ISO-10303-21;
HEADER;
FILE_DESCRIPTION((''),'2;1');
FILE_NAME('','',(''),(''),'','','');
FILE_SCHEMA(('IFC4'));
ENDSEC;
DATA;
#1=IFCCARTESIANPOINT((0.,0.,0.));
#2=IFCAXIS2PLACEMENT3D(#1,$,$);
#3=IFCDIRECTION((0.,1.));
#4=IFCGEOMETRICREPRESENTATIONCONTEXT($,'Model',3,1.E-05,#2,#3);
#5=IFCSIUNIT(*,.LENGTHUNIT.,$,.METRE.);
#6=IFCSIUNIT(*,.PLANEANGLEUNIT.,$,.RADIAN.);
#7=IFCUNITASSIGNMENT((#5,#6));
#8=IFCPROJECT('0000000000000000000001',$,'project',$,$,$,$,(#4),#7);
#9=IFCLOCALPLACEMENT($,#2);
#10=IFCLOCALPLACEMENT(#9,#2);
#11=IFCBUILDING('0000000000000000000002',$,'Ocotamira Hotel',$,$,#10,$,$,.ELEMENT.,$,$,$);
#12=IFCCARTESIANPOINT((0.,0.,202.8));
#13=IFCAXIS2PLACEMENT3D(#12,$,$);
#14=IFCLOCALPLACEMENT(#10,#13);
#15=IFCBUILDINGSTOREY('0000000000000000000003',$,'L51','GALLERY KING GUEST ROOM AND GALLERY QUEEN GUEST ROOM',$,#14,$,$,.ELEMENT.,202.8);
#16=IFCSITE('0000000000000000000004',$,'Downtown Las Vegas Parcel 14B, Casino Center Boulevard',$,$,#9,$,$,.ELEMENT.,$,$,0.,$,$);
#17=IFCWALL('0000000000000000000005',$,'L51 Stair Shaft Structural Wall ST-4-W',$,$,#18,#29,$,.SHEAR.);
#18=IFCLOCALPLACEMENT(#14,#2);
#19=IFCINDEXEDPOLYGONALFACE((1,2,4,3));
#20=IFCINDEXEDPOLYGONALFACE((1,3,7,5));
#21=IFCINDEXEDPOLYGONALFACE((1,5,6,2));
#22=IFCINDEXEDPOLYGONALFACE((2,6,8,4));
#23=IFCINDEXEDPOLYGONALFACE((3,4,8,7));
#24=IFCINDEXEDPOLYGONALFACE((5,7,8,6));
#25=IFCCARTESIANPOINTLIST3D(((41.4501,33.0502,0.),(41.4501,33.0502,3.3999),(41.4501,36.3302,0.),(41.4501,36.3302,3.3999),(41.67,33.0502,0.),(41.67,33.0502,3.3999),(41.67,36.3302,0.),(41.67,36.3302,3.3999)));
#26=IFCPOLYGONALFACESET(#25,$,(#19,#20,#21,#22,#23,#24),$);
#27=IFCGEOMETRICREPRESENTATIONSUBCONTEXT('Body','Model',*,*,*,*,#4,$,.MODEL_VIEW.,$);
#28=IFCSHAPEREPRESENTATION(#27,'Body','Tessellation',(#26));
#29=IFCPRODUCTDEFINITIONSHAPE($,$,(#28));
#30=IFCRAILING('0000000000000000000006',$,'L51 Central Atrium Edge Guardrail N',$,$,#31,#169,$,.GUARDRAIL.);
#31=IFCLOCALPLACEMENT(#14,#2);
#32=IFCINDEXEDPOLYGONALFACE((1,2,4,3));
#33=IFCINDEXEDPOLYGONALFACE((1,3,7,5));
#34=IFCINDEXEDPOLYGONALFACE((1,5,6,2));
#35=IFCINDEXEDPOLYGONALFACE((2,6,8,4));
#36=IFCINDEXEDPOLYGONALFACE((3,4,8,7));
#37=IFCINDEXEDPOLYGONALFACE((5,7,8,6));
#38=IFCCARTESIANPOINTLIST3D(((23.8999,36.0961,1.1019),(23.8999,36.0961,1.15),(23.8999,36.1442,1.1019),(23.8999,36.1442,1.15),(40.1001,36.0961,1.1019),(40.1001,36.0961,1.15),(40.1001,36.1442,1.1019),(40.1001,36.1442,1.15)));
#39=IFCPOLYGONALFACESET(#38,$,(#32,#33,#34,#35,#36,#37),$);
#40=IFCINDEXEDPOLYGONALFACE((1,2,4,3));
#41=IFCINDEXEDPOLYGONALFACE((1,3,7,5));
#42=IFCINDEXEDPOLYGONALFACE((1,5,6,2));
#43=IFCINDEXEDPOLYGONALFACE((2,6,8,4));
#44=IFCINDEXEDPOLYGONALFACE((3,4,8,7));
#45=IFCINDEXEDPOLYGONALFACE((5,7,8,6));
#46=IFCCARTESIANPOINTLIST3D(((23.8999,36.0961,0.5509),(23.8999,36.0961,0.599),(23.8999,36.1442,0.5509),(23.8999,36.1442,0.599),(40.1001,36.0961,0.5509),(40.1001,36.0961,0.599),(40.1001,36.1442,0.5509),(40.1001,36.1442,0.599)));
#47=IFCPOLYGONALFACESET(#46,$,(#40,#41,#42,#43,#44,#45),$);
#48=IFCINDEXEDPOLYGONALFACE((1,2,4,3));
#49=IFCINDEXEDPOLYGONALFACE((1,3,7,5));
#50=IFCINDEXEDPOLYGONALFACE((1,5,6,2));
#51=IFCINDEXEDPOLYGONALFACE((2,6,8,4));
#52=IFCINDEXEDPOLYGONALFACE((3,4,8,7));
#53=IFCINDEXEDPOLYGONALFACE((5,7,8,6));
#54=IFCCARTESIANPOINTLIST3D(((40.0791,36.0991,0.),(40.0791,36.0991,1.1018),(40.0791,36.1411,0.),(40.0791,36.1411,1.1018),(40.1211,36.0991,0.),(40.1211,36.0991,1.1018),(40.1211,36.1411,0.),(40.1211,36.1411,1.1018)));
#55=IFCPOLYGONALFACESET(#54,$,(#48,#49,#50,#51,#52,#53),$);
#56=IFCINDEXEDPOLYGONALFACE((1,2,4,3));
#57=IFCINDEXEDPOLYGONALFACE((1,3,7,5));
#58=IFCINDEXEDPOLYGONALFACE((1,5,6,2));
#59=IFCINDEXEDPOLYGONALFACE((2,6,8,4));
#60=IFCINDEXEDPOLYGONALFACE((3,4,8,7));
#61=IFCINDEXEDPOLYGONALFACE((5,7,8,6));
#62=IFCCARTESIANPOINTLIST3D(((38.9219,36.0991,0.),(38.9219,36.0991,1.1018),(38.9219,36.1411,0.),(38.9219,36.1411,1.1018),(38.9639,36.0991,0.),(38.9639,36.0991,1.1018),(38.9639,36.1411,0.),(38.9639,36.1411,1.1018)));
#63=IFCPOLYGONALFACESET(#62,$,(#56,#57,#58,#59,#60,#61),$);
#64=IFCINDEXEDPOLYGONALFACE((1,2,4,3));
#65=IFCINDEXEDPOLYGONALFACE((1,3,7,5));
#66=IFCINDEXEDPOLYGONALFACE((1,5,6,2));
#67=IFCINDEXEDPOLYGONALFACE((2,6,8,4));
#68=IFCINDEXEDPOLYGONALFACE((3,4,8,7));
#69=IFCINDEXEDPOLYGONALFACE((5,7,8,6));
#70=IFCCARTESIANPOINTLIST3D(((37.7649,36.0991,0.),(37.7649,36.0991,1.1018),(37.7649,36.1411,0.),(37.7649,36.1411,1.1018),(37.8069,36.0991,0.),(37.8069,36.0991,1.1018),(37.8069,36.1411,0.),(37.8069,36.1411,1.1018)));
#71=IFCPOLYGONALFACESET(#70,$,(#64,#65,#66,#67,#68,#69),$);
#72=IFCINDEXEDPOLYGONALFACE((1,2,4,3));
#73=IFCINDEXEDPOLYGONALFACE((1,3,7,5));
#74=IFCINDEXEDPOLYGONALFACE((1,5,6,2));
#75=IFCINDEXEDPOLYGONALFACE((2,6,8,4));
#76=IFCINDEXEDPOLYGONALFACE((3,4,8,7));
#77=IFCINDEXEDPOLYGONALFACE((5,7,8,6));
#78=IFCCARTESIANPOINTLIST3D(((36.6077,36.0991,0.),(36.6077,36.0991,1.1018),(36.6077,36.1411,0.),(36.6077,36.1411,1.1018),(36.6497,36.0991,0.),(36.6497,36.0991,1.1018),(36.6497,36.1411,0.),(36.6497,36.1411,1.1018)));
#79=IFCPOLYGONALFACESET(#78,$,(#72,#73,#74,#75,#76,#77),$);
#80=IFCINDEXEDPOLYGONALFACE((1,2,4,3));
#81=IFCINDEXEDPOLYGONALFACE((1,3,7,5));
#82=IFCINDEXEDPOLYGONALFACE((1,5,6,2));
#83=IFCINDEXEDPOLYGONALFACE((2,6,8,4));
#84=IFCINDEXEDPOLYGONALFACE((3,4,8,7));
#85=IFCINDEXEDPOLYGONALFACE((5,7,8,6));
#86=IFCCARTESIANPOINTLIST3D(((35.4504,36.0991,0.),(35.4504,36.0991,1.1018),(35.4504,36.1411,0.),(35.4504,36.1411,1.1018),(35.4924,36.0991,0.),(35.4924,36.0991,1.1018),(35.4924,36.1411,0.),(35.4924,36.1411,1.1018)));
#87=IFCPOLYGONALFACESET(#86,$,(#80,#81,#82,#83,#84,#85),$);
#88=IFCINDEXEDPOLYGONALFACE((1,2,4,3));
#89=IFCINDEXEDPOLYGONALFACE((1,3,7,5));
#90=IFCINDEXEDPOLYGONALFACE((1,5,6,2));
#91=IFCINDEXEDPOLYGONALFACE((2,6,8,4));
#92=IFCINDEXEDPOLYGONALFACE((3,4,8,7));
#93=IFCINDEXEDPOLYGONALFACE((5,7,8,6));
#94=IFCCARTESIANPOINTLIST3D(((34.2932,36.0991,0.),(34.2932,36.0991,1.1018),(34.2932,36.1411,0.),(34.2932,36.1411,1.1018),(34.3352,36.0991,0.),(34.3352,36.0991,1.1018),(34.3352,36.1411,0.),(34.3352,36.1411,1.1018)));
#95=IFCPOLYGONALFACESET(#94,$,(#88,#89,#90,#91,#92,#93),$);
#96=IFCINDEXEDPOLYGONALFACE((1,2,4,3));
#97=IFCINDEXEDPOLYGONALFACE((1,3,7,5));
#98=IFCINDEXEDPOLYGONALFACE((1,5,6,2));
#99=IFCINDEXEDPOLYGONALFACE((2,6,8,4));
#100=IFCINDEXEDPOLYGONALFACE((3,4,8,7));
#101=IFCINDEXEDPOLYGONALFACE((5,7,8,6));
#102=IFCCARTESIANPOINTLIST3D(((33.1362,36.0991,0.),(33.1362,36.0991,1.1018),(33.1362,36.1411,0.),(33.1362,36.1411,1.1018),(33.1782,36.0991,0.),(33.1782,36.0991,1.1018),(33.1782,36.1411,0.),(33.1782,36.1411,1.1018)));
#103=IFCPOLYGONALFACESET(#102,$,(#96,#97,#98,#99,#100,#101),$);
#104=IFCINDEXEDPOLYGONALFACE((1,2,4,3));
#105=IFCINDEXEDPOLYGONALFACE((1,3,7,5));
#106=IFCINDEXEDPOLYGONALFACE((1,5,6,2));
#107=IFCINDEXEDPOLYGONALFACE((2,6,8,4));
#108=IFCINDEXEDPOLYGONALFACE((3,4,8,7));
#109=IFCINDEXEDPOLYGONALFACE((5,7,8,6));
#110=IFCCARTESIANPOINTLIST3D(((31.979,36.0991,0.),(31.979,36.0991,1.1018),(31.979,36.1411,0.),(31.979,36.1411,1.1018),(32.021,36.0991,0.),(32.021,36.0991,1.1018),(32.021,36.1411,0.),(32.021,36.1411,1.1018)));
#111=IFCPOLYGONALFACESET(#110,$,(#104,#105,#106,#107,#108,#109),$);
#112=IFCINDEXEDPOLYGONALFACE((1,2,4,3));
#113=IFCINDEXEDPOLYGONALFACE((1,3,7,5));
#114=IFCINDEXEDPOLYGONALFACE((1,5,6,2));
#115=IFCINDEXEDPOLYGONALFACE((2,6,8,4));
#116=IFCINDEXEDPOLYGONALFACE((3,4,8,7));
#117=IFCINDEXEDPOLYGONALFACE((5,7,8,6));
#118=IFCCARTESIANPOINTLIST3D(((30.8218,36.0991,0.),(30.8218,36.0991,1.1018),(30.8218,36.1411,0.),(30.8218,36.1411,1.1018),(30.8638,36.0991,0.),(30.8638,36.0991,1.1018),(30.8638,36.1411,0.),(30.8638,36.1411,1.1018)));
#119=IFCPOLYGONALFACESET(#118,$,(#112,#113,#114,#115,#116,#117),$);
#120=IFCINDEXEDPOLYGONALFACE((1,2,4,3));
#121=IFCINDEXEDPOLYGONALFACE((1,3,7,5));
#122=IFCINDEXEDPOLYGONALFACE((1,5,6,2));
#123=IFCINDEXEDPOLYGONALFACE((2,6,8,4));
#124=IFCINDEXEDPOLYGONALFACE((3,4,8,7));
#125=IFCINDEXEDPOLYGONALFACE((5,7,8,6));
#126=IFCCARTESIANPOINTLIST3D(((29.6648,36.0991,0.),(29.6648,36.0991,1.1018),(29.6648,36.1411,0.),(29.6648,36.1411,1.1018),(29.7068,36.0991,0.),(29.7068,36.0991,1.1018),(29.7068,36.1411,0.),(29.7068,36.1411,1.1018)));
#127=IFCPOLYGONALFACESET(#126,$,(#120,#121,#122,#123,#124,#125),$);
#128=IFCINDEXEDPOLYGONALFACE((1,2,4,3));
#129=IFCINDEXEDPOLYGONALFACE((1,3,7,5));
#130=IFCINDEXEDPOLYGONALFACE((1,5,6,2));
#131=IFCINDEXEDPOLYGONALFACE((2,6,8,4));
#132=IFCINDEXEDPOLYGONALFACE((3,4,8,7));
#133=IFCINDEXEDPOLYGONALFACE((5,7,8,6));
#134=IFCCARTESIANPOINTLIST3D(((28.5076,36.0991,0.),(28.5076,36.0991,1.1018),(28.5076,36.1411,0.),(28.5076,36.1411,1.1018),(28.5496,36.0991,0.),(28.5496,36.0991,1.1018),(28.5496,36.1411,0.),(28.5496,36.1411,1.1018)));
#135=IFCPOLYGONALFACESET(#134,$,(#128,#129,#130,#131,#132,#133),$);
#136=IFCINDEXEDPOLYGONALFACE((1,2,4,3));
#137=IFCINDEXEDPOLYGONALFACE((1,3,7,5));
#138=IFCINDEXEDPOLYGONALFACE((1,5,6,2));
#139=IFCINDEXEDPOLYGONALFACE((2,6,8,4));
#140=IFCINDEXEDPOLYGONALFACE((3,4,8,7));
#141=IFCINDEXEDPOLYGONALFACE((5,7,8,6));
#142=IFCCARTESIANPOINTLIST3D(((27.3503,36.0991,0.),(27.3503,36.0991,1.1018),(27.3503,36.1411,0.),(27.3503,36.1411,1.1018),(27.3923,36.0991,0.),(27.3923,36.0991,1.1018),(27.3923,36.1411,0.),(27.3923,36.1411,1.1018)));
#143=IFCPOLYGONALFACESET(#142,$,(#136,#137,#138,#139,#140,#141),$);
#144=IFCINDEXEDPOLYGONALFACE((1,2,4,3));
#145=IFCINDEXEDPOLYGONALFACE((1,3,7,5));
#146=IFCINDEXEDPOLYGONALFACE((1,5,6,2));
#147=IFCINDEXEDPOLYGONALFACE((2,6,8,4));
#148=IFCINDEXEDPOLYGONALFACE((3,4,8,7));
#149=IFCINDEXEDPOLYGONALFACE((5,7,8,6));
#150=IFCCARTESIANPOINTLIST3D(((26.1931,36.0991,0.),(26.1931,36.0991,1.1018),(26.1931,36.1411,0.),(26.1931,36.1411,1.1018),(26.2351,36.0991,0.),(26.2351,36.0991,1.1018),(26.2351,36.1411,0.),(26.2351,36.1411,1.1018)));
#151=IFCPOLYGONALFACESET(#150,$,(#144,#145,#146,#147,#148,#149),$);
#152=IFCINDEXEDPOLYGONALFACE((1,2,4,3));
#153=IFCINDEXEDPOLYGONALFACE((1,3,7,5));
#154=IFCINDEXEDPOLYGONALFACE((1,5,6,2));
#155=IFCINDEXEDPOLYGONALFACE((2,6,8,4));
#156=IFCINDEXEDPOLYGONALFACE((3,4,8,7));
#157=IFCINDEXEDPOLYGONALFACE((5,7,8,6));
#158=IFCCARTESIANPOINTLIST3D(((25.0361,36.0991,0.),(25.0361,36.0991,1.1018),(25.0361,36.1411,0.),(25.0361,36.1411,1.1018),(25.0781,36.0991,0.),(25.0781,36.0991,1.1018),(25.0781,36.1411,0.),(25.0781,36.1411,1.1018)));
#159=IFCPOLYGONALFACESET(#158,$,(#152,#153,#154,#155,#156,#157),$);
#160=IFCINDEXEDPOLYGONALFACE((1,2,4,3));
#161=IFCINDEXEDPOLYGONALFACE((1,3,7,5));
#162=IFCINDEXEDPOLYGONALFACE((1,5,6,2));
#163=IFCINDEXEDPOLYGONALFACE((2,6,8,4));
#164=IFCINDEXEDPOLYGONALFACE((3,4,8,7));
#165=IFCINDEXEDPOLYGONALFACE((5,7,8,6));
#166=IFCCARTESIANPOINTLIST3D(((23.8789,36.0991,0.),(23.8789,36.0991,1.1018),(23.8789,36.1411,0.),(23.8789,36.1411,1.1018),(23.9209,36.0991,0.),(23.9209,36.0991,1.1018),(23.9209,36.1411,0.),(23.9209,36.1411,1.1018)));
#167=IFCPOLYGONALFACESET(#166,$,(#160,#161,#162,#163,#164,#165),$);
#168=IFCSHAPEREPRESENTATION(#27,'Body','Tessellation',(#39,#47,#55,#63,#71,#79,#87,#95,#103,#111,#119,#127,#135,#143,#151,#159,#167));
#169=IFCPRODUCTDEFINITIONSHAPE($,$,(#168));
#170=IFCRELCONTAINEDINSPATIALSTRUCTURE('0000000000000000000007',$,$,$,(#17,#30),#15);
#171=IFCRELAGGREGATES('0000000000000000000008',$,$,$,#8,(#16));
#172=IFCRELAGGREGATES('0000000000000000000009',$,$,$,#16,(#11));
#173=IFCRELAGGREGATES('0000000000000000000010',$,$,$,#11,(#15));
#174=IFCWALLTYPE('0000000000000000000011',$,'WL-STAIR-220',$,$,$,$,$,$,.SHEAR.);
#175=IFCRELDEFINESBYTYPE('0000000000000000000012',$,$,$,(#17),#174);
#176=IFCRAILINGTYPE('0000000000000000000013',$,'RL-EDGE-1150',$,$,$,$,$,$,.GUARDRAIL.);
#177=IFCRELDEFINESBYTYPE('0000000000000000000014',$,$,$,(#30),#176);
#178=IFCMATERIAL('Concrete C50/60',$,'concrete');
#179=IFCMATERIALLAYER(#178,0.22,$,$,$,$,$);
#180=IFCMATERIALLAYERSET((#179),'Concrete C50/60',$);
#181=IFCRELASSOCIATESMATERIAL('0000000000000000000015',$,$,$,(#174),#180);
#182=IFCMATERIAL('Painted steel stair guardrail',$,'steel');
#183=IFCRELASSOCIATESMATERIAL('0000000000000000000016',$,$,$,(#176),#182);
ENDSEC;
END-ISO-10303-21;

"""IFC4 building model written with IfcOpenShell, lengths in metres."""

from ifc_helpers import new_model, si_unit, direction, frame, frame_2d, origin, origin_2d, place, context, subcontext, project, spatial, rectangle, extrude, material, layer, layer_set, type_object, element, save


model = new_model("IFC4")

# Units and contexts
model_context = context("Model", 3, precision=1e-05, world=origin(), true_north=direction((0.0, 1.0)))
body_context = subcontext(model_context, "Body", "Model", "MODEL_VIEW")
ifc_project = project(units=[si_unit("LENGTHUNIT", "METRE"), si_unit("PLANEANGLEUNIT", "RADIAN")], contexts=[model_context])

# Site, building, storey
site_placement = place(None, origin())
site = spatial("IfcSite", under=ifc_project, at=site_placement, Name="Downtown Las Vegas Parcel 14B, Casino Center Boulevard", CompositionType="ELEMENT", RefElevation=0.0)
building_placement = place(site_placement, origin())
building = spatial("IfcBuilding", under=site, at=building_placement, Name="Ocotamira Hotel", CompositionType="ELEMENT")
storey_placement = place(building_placement, frame((0.0, 0.0, 202.8)))
storey = spatial("IfcBuildingStorey", under=building, at=storey_placement, Name="L51", Description="GALLERY KING GUEST ROOM AND GALLERY QUEEN GUEST ROOM", CompositionType="ELEMENT", Elevation=202.8)

# Shared definitions
ifc_material_1 = material(Name="Concrete C50/60", Category="concrete")

# Shared definitions
ifc_layer_1 = layer(ifc_material_1, 0.22)
ifc_layer_set_1 = layer_set([ifc_layer_1], Name="Concrete C50/60")
wall_type_1 = type_object("IfcWallType", Name="WL-STAIR-220", PredefinedType="SHEAR", material=ifc_layer_set_1)

# Wall
wall_1_placement = place(storey_placement, frame((41.5601, 33.05, 0.0), z_axis=(0.0, 0.0, 1.0), x_axis=(0.0, 1.0, 0.0)))
element("IfcWall", 1, at=wall_1_placement, inside=storey, type_object=wall_type_1, Name="L51 Stair Shaft Structural Wall ST-4-W", PredefinedType="SHEAR", context=body_context, shape_type="SweptSolid", body=[
    extrude(rectangle(XDim=3.28, YDim=0.22, at=frame_2d((1.6401, 0.0))), origin(), (0.0, 0.0, 1.0), 3.3999),
])

# Railing
ifc_material_2 = material(Name="Painted steel stair guardrail", Category="steel")
railing_type = type_object("IfcRailingType", Name="RL-EDGE-1150", PredefinedType="GUARDRAIL", material=ifc_material_2)
railing_placement = place(storey_placement, frame((40.1001, 36.1201, 0.0)))
element("IfcRailing", 2, at=railing_placement, inside=storey, type_object=railing_type, Name="L51 Central Atrium Edge Guardrail N", PredefinedType="GUARDRAIL", context=body_context, shape_type="SweptSolid", body=[
    extrude(rectangle(XDim=0.0481, YDim=0.0481, at=origin_2d()), frame((0.0, 0.0, 1.126), z_axis=(-1.0, 0.0, 0.0), x_axis=(0.0, -1.0, 0.0)), (0.0, 0.0, 1.0), 16.2002),
    extrude(rectangle(XDim=0.0481, YDim=0.0481, at=origin_2d()), frame((0.0, 0.0, 0.575), z_axis=(-1.0, 0.0, 0.0), x_axis=(0.0, -1.0, 0.0)), (0.0, 0.0, 1.0), 16.2002),
    extrude(rectangle(XDim=0.042, YDim=0.042, at=origin_2d()), origin(), (0.0, 0.0, 1.0), 1.1018),
    extrude(rectangle(XDim=0.042, YDim=0.042, at=origin_2d()), frame((-1.1572, 0.0, 0.0)), (0.0, 0.0, 1.0), 1.1018),
    extrude(rectangle(XDim=0.042, YDim=0.042, at=origin_2d()), frame((-2.3142, 0.0, 0.0)), (0.0, 0.0, 1.0), 1.1018),
    extrude(rectangle(XDim=0.042, YDim=0.042, at=origin_2d()), frame((-3.4714, 0.0, 0.0)), (0.0, 0.0, 1.0), 1.1018),
    extrude(rectangle(XDim=0.042, YDim=0.042, at=origin_2d()), frame((-4.6287, 0.0, 0.0)), (0.0, 0.0, 1.0), 1.1018),
    extrude(rectangle(XDim=0.042, YDim=0.042, at=origin_2d()), frame((-5.7859, 0.0, 0.0)), (0.0, 0.0, 1.0), 1.1018),
    extrude(rectangle(XDim=0.042, YDim=0.042, at=origin_2d()), frame((-6.9429, 0.0, 0.0)), (0.0, 0.0, 1.0), 1.1018),
    extrude(rectangle(XDim=0.042, YDim=0.042, at=origin_2d()), frame((-8.1001, 0.0, 0.0)), (0.0, 0.0, 1.0), 1.1018),
    extrude(rectangle(XDim=0.042, YDim=0.042, at=origin_2d()), frame((-9.2573, 0.0, 0.0)), (0.0, 0.0, 1.0), 1.1018),
    extrude(rectangle(XDim=0.042, YDim=0.042, at=origin_2d()), frame((-10.4143, 0.0, 0.0)), (0.0, 0.0, 1.0), 1.1018),
    extrude(rectangle(XDim=0.042, YDim=0.042, at=origin_2d()), frame((-11.5715, 0.0, 0.0)), (0.0, 0.0, 1.0), 1.1018),
    extrude(rectangle(XDim=0.042, YDim=0.042, at=origin_2d()), frame((-12.7288, 0.0, 0.0)), (0.0, 0.0, 1.0), 1.1018),
    extrude(rectangle(XDim=0.042, YDim=0.042, at=origin_2d()), frame((-13.886, 0.0, 0.0)), (0.0, 0.0, 1.0), 1.1018),
    extrude(rectangle(XDim=0.042, YDim=0.042, at=origin_2d()), frame((-15.043, 0.0, 0.0)), (0.0, 0.0, 1.0), 1.1018),
    extrude(rectangle(XDim=0.042, YDim=0.042, at=origin_2d()), frame((-16.2002, 0.0, 0.0)), (0.0, 0.0, 1.0), 1.1018),
])

save(model, "model.ifc")
